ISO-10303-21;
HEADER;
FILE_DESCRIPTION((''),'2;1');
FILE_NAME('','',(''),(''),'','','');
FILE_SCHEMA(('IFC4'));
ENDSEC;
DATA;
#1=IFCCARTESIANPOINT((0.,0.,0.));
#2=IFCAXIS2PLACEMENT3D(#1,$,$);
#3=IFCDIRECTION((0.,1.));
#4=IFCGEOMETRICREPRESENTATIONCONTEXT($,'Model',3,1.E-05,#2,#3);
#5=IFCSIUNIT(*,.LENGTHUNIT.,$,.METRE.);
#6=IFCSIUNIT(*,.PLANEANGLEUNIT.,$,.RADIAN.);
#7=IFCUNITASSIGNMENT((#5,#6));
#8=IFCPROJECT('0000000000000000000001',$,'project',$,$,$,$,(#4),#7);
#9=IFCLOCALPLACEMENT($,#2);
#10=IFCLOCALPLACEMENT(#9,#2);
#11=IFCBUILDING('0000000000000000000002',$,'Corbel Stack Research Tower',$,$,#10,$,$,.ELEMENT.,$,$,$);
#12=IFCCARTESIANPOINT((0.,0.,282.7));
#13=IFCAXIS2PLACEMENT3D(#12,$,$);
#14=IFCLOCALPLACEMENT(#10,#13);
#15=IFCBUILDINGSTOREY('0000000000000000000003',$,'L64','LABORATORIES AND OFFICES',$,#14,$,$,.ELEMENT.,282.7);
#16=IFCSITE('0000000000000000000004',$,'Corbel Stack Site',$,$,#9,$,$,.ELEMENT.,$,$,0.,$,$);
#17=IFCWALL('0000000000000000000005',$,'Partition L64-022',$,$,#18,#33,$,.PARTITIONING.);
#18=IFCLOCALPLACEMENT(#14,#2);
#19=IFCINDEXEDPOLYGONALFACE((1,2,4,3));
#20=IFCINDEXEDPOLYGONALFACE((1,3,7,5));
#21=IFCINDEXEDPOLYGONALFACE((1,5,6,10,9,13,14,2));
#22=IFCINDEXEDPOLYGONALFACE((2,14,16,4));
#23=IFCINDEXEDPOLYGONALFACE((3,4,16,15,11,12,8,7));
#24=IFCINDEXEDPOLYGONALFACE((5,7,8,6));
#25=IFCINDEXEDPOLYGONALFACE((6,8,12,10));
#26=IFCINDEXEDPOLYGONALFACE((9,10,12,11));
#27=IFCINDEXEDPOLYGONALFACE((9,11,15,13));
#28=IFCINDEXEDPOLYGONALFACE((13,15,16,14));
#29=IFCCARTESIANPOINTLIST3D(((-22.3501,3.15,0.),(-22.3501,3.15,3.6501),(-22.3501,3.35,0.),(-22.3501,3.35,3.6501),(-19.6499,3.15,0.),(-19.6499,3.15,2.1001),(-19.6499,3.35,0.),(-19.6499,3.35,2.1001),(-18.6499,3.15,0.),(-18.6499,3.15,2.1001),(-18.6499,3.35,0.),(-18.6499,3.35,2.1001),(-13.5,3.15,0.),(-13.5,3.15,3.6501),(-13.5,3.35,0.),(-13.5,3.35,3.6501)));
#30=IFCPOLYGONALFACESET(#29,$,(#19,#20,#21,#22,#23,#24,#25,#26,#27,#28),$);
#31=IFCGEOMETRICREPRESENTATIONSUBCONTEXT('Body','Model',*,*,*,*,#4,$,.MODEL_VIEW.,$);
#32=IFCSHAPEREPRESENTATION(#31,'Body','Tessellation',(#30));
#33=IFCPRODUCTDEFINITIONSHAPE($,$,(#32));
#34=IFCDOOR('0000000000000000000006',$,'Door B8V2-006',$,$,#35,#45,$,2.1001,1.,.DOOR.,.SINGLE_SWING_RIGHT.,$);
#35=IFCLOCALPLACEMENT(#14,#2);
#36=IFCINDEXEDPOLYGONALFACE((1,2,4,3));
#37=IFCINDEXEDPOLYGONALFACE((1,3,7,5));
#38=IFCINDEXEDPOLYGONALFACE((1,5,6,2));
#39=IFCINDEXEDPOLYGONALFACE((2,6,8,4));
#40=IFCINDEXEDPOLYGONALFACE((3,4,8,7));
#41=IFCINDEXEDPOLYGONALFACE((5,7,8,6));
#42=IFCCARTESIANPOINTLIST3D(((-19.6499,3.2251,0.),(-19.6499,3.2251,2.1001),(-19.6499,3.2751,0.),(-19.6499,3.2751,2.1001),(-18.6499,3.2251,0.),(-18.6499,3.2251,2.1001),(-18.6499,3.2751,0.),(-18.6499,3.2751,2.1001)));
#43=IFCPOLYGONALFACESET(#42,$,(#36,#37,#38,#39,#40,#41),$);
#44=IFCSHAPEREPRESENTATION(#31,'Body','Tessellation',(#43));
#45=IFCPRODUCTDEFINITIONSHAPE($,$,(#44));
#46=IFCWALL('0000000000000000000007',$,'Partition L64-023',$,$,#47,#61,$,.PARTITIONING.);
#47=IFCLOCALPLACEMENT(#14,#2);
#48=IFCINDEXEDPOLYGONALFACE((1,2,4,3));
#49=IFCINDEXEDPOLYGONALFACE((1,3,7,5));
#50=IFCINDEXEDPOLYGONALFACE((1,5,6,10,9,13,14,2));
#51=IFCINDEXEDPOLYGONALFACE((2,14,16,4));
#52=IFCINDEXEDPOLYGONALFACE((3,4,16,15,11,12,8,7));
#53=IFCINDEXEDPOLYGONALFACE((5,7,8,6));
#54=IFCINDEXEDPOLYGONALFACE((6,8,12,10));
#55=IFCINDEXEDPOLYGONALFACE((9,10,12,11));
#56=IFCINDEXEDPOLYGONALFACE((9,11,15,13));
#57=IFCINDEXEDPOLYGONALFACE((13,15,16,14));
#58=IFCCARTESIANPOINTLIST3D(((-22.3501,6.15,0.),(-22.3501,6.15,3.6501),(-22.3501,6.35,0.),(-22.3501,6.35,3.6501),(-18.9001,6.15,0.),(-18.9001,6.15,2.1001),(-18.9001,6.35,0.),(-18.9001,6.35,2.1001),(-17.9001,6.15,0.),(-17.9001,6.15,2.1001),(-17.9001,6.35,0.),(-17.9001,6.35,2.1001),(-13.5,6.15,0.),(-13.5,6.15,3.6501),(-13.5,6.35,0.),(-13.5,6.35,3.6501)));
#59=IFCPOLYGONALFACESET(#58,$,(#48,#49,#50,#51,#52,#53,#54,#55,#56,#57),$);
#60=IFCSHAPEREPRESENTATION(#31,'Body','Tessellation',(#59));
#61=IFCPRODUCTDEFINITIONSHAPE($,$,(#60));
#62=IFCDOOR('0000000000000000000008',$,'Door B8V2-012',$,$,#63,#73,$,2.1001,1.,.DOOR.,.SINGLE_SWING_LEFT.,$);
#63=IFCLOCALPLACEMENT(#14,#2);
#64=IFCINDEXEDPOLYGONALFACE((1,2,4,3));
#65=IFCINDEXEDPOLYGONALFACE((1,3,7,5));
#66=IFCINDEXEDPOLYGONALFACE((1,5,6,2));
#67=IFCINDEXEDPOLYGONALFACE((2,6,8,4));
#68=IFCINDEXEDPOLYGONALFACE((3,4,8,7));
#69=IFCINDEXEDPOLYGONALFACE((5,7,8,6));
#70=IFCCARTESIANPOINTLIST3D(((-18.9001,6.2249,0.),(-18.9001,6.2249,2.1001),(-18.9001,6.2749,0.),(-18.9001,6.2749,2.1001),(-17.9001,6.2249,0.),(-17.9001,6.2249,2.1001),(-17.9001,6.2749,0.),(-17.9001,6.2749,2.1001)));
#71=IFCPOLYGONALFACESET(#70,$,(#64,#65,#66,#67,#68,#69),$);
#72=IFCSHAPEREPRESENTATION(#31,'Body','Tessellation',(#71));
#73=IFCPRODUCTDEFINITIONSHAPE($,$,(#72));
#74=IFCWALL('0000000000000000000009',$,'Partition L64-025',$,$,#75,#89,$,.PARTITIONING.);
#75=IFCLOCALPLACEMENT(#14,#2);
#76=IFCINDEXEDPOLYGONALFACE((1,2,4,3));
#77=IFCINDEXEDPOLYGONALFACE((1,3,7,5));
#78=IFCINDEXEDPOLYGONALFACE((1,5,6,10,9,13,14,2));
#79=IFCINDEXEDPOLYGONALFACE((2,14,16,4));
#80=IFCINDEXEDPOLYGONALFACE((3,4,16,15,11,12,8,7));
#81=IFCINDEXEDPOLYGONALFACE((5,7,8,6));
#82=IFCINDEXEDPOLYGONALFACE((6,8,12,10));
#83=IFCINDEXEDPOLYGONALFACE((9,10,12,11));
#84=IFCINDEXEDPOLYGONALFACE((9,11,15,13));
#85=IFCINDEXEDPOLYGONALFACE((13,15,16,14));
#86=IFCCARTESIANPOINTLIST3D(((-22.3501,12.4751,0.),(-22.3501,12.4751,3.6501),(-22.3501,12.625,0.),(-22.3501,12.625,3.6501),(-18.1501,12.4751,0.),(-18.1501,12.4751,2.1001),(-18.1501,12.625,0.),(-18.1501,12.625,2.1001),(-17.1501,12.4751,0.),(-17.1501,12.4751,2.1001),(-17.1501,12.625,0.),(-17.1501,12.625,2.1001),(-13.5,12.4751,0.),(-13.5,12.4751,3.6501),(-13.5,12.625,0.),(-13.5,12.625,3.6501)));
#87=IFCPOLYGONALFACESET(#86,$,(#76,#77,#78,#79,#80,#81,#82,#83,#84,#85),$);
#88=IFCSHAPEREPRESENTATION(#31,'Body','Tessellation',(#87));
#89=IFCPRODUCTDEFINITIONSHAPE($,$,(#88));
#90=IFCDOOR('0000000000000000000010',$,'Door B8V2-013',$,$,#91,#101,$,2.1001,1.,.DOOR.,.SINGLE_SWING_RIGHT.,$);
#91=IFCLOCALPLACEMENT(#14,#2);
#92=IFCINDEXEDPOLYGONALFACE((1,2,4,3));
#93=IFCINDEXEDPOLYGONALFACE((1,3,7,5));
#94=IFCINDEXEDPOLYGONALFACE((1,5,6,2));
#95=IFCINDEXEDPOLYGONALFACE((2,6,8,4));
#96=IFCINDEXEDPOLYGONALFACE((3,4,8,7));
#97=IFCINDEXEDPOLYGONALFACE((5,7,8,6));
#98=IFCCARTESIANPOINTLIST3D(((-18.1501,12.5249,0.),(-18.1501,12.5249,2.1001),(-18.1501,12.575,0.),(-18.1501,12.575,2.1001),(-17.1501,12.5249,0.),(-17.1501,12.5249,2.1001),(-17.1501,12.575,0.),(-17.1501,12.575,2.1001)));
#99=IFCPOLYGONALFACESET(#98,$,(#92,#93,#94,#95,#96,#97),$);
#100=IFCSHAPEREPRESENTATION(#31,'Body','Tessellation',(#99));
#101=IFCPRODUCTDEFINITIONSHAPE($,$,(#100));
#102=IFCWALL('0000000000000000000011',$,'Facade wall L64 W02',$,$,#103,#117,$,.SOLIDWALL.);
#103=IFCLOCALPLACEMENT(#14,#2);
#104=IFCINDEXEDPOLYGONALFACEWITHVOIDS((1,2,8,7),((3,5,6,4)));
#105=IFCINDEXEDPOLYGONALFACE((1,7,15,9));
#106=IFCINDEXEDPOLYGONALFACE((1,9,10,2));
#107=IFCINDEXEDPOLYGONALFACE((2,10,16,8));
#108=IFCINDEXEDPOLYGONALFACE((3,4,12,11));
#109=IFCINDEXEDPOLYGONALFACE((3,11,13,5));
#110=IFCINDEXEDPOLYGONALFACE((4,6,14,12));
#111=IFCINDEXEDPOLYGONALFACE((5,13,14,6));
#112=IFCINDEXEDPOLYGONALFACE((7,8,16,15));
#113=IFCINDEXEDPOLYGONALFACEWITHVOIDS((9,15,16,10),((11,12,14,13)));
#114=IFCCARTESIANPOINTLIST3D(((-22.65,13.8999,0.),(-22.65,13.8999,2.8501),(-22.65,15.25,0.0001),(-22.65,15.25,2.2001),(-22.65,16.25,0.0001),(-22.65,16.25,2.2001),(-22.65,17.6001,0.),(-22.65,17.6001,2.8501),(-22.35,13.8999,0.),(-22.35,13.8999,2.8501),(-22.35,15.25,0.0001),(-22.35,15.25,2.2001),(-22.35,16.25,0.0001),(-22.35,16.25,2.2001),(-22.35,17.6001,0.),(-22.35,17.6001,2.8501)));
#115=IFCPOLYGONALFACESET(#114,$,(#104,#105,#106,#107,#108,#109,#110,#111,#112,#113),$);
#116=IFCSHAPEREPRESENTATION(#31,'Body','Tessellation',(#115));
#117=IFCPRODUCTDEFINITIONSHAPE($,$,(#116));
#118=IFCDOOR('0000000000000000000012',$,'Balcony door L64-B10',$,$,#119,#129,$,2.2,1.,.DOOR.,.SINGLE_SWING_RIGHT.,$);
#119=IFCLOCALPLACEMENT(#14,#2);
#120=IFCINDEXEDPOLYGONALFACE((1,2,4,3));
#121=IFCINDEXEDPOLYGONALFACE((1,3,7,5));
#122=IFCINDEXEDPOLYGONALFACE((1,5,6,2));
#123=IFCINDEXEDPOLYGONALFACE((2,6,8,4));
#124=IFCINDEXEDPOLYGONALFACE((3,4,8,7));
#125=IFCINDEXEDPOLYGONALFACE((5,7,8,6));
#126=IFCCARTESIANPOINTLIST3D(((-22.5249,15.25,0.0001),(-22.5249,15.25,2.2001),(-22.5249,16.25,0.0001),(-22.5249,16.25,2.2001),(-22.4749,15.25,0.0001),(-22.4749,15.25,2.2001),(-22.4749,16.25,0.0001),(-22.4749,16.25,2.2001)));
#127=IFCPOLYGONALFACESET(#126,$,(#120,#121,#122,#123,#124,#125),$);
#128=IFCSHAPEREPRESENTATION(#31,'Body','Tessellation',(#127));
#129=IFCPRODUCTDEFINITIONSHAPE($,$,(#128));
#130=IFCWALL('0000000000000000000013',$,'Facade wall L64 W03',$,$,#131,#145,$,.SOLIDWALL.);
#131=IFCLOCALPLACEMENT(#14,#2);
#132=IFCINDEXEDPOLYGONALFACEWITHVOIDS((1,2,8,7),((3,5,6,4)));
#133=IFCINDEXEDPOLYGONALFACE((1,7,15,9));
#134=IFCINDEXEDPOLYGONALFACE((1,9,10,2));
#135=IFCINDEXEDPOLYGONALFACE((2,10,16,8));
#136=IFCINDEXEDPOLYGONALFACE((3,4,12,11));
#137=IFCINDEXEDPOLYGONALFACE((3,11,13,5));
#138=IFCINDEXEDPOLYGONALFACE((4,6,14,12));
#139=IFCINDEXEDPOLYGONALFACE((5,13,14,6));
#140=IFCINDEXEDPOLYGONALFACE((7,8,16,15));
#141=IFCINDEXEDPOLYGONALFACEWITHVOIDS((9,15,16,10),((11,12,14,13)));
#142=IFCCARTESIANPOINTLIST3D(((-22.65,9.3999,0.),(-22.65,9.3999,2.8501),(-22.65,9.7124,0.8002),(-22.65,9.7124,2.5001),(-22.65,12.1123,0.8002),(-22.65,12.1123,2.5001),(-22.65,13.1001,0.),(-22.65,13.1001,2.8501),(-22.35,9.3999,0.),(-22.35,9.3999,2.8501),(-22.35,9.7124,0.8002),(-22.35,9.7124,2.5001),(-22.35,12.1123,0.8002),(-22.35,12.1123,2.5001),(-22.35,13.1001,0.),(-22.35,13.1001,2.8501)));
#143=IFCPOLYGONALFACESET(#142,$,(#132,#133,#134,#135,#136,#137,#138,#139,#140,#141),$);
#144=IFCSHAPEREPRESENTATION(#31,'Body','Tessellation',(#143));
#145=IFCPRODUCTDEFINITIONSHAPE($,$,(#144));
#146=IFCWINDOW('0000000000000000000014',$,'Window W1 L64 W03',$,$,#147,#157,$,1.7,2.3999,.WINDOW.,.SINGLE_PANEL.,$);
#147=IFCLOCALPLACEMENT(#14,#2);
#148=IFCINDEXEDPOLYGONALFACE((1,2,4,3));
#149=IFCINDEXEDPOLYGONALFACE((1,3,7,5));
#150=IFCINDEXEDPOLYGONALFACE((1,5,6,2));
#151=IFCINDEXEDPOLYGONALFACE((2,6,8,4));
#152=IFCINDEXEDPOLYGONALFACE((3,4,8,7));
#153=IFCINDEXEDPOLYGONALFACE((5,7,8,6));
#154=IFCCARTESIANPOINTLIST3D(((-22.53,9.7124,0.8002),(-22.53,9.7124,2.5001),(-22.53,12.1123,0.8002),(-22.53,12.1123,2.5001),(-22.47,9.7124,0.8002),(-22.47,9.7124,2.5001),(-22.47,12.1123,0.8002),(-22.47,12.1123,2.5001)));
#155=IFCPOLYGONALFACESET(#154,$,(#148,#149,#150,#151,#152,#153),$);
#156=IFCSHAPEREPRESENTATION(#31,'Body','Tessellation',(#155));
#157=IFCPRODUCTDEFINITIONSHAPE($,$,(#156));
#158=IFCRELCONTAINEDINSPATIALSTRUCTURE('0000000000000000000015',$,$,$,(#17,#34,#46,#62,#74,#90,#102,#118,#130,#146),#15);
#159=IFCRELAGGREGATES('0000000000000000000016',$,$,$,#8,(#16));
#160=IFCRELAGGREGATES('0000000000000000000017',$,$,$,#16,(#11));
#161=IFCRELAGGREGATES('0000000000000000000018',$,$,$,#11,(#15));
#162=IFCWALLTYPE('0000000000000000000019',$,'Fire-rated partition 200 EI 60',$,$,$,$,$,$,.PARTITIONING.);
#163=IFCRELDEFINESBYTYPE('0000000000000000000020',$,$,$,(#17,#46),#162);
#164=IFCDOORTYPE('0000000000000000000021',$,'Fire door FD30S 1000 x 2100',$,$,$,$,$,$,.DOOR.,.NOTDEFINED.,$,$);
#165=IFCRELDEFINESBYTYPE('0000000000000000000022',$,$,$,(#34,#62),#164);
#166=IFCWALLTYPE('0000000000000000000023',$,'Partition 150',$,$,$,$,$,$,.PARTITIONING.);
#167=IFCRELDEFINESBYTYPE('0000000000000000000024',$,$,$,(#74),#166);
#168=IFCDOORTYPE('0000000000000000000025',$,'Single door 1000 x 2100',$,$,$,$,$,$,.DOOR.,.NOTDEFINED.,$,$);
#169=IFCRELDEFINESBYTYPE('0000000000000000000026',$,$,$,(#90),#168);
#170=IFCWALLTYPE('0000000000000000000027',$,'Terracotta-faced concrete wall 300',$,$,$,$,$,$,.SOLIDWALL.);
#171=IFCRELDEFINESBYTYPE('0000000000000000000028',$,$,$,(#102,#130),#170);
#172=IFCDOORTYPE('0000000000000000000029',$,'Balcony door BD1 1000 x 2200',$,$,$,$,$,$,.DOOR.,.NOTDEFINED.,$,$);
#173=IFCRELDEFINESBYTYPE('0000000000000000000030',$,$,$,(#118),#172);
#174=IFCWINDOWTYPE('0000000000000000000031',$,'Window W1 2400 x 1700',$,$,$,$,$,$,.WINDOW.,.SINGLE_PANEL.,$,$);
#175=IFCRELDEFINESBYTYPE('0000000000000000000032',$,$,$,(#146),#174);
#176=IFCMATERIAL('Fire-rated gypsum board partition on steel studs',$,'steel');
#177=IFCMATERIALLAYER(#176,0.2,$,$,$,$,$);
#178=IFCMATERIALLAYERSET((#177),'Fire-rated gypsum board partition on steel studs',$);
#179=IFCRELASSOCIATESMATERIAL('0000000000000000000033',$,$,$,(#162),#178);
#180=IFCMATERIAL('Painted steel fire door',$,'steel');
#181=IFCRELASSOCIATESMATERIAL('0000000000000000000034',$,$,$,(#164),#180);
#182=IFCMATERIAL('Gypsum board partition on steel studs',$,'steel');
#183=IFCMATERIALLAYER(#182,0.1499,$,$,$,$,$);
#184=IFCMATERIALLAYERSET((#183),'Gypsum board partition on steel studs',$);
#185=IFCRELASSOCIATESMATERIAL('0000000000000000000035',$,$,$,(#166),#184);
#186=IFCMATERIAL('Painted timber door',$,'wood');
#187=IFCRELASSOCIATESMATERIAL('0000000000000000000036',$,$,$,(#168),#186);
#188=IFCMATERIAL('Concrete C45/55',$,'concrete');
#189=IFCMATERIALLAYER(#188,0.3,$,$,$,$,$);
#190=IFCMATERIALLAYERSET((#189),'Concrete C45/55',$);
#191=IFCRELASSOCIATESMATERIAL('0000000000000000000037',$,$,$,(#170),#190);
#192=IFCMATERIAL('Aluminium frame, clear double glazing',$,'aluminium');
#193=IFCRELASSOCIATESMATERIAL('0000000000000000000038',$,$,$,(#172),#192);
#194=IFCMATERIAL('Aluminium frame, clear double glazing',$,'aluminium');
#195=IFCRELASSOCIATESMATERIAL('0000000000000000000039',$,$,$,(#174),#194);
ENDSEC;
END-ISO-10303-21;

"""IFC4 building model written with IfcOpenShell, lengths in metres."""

from ifc_helpers import new_model, si_unit, direction, frame, frame_2d, origin, place, context, subcontext, project, spatial, rectangle, extrude, material, layer, layer_set, type_object, element, fill, save


model = new_model("IFC4")

# Units and contexts
model_context = context("Model", 3, precision=1e-05, world=origin(), true_north=direction((0.0, 1.0)))
body_context = subcontext(model_context, "Body", "Model", "MODEL_VIEW")
ifc_project = project(units=[si_unit("LENGTHUNIT", "METRE"), si_unit("PLANEANGLEUNIT", "RADIAN")], contexts=[model_context])

# Site, building, storey
site_placement = place(None, origin())
site = spatial("IfcSite", under=ifc_project, at=site_placement, Name="Corbel Stack Site", CompositionType="ELEMENT", RefElevation=0.0)
building_placement = place(site_placement, origin())
building = spatial("IfcBuilding", under=site, at=building_placement, Name="Corbel Stack Research Tower", CompositionType="ELEMENT")
storey_placement = place(building_placement, frame((0.0, 0.0, 282.7)))
storey = spatial("IfcBuildingStorey", under=building, at=storey_placement, Name="L64", Description="LABORATORIES AND OFFICES", CompositionType="ELEMENT", Elevation=282.7)

# Shared definitions
ifc_material_1 = material(Name="Fire-rated gypsum board partition on steel studs", Category="steel")
ifc_layer_1 = layer(ifc_material_1, 0.2)
ifc_layer_set_1 = layer_set([ifc_layer_1], Name="Fire-rated gypsum board partition on steel studs")
wall_type_1 = type_object("IfcWallType", Name="Fire-rated partition 200 EI 60", PredefinedType="PARTITIONING", material=ifc_layer_set_1)

# Walls, openings, doors
wall_1_placement = place(storey_placement, frame((-13.5, 3.25, 0.0), z_axis=(0.0, 0.0, 1.0), x_axis=(-1.0, 0.0, 0.0)))
wall_1 = element("IfcWall", 1, at=wall_1_placement, inside=storey, type_object=wall_type_1, Name="Partition L64-022", PredefinedType="PARTITIONING", context=body_context, shape_type="SweptSolid", body=[
    extrude(rectangle(XDim=8.8501, YDim=0.2, at=frame_2d((4.425, 0.0))), origin(), (0.0, 0.0, 1.0), 3.6501),
])
opening_1_placement = place(wall_1_placement, frame((5.1499, 0.0, 0.0)))
opening_1 = element("IfcOpeningElement", 2, at=opening_1_placement, cuts=wall_1, PredefinedType="OPENING", context=body_context, shape_type="SweptSolid", body=[
    extrude(rectangle(XDim=1.0, YDim=2.1001, at=frame_2d((0.5, 1.05))), frame((0.0, 0.1099, 0.0), z_axis=(0.0, -1.0, 0.0), x_axis=(1.0, 0.0, 0.0)), (0.0, 0.0, 1.0), 0.22),
])
ifc_material_2 = material(Name="Painted steel fire door", Category="steel")
door_type_1 = type_object("IfcDoorType", Name="Fire door FD30S 1000 x 2100", OperationType="NOTDEFINED", PredefinedType="DOOR", material=ifc_material_2)
door_1_placement = place(opening_1_placement, origin())
door_1 = element("IfcDoor", 3, at=door_1_placement, inside=storey, type_object=door_type_1, Name="Door B8V2-006", OperationType="SINGLE_SWING_RIGHT", OverallHeight=2.1001, OverallWidth=1.0, PredefinedType="DOOR", context=body_context, shape_type="SweptSolid", body=[
    extrude(rectangle(XDim=1.0, YDim=2.1001, at=frame_2d((0.5, 1.05))), frame((0.0, 0.0249, 0.0), z_axis=(0.0, -1.0, 0.0), x_axis=(1.0, 0.0, 0.0)), (0.0, 0.0, 1.0), 0.05),
])
fill(opening_1, door_1)
wall_2_placement = place(storey_placement, frame((-22.3501, 6.25, 0.0), z_axis=(0.0, 0.0, 1.0), x_axis=(1.0, 0.0, 0.0)))
wall_2 = element("IfcWall", 4, at=wall_2_placement, inside=storey, type_object=wall_type_1, Name="Partition L64-023", PredefinedType="PARTITIONING", context=body_context, shape_type="SweptSolid", body=[
    extrude(rectangle(XDim=8.8501, YDim=0.2, at=frame_2d((4.425, 0.0))), origin(), (0.0, 0.0, 1.0), 3.6501),
])
opening_2_placement = place(wall_2_placement, frame((3.45, 0.0, 0.0)))
opening_2 = element("IfcOpeningElement", 5, at=opening_2_placement, cuts=wall_2, PredefinedType="OPENING", context=body_context, shape_type="SweptSolid", body=[
    extrude(rectangle(XDim=1.0, YDim=2.1001, at=frame_2d((0.5, 1.05))), frame((0.0, 0.1099, 0.0), z_axis=(0.0, -1.0, 0.0), x_axis=(1.0, 0.0, 0.0)), (0.0, 0.0, 1.0), 0.22),
])
door_2_placement = place(opening_2_placement, origin())
door_2 = element("IfcDoor", 6, at=door_2_placement, inside=storey, type_object=door_type_1, Name="Door B8V2-012", OperationType="SINGLE_SWING_LEFT", OverallHeight=2.1001, OverallWidth=1.0, PredefinedType="DOOR", context=body_context, shape_type="SweptSolid", body=[
    extrude(rectangle(XDim=1.0, YDim=2.1001, at=frame_2d((0.5, 1.05))), frame((0.0, 0.0249, 0.0), z_axis=(0.0, -1.0, 0.0), x_axis=(1.0, 0.0, 0.0)), (0.0, 0.0, 1.0), 0.05),
])
fill(opening_2, door_2)
ifc_material_3 = material(Name="Gypsum board partition on steel studs", Category="steel")
ifc_layer_2 = layer(ifc_material_3, 0.1499)
ifc_layer_set_2 = layer_set([ifc_layer_2], Name="Gypsum board partition on steel studs")
wall_type_2 = type_object("IfcWallType", Name="Partition 150", PredefinedType="PARTITIONING", material=ifc_layer_set_2)
wall_3_placement = place(storey_placement, frame((-22.3501, 12.55, 0.0), z_axis=(0.0, 0.0, 1.0), x_axis=(1.0, 0.0, 0.0)))
wall_3 = element("IfcWall", 7, at=wall_3_placement, inside=storey, type_object=wall_type_2, Name="Partition L64-025", PredefinedType="PARTITIONING", context=body_context, shape_type="SweptSolid", body=[
    extrude(rectangle(XDim=8.8501, YDim=0.1499, at=frame_2d((4.425, 0.0))), origin(), (0.0, 0.0, 1.0), 3.6501),
])
opening_3_placement = place(wall_3_placement, frame((4.2, 0.0, 0.0)))
opening_3 = element("IfcOpeningElement", 8, at=opening_3_placement, cuts=wall_3, PredefinedType="OPENING", context=body_context, shape_type="SweptSolid", body=[
    extrude(rectangle(XDim=1.0, YDim=2.1001, at=frame_2d((0.5, 1.05))), frame((0.0, 0.085, 0.0), z_axis=(0.0, -1.0, 0.0), x_axis=(1.0, 0.0, 0.0)), (0.0, 0.0, 1.0), 0.1699),
])
ifc_material_4 = material(Name="Painted timber door", Category="wood")
door_type_2 = type_object("IfcDoorType", Name="Single door 1000 x 2100", OperationType="NOTDEFINED", PredefinedType="DOOR", material=ifc_material_4)
door_3_placement = place(opening_3_placement, origin())
door_3 = element("IfcDoor", 9, at=door_3_placement, inside=storey, type_object=door_type_2, Name="Door B8V2-013", OperationType="SINGLE_SWING_RIGHT", OverallHeight=2.1001, OverallWidth=1.0, PredefinedType="DOOR", context=body_context, shape_type="SweptSolid", body=[
    extrude(rectangle(XDim=1.0, YDim=2.1001, at=frame_2d((0.5, 1.05))), frame((0.0, 0.0249, 0.0), z_axis=(0.0, -1.0, 0.0), x_axis=(1.0, 0.0, 0.0)), (0.0, 0.0, 1.0), 0.05),
])
fill(opening_3, door_3)
ifc_material_5 = material(Name="Concrete C45/55", Category="concrete")
ifc_layer_3 = layer(ifc_material_5, 0.3)
ifc_layer_set_3 = layer_set([ifc_layer_3], Name="Concrete C45/55")
wall_type_3 = type_object("IfcWallType", Name="Terracotta-faced concrete wall 300", PredefinedType="SOLIDWALL", material=ifc_layer_set_3)
wall_4_placement = place(storey_placement, frame((-22.5, 13.8999, 0.0), z_axis=(0.0, 0.0, 1.0), x_axis=(0.0, 1.0, 0.0)))
wall_4 = element("IfcWall", 10, at=wall_4_placement, inside=storey, type_object=wall_type_3, Name="Facade wall L64 W02", PredefinedType="SOLIDWALL", context=body_context, shape_type="SweptSolid", body=[
    extrude(rectangle(XDim=3.7002, YDim=0.3, at=frame_2d((1.8501, 0.0))), origin(), (0.0, 0.0, 1.0), 2.8501),
])
opening_4_placement = place(wall_4_placement, frame((1.3501, 0.0, 0.0)))
opening_4 = element("IfcOpeningElement", 11, at=opening_4_placement, cuts=wall_4, PredefinedType="OPENING", context=body_context, shape_type="SweptSolid", body=[
    extrude(rectangle(XDim=1.0, YDim=2.2, at=frame_2d((0.5, 1.1001))), frame((0.0, 0.1599, 0.0), z_axis=(0.0, -1.0, 0.0), x_axis=(1.0, 0.0, 0.0)), (0.0, 0.0, 1.0), 0.3201),
])
ifc_material_6 = material(Name="Aluminium frame, clear double glazing", Category="aluminium")
door_type_3 = type_object("IfcDoorType", Name="Balcony door BD1 1000 x 2200", OperationType="NOTDEFINED", PredefinedType="DOOR", material=ifc_material_6)
door_4_placement = place(opening_4_placement, origin())
door_4 = element("IfcDoor", 12, at=door_4_placement, inside=storey, type_object=door_type_3, Name="Balcony door L64-B10", OperationType="SINGLE_SWING_RIGHT", OverallHeight=2.2, OverallWidth=1.0, PredefinedType="DOOR", context=body_context, shape_type="SweptSolid", body=[
    extrude(rectangle(XDim=1.0, YDim=2.2, at=frame_2d((0.5, 1.1001))), frame((0.0, 0.0249, 0.0), z_axis=(0.0, -1.0, 0.0), x_axis=(1.0, 0.0, 0.0)), (0.0, 0.0, 1.0), 0.05),
])
fill(opening_4, door_4)

# Wall, opening, window
wall_5_placement = place(storey_placement, frame((-22.5, 9.3999, 0.0), z_axis=(0.0, 0.0, 1.0), x_axis=(0.0, 1.0, 0.0)))
wall_5 = element("IfcWall", 13, at=wall_5_placement, inside=storey, type_object=wall_type_3, Name="Facade wall L64 W03", PredefinedType="SOLIDWALL", context=body_context, shape_type="SweptSolid", body=[
    extrude(rectangle(XDim=3.7002, YDim=0.3, at=frame_2d((1.8501, 0.0))), origin(), (0.0, 0.0, 1.0), 2.8501),
])
opening_5_placement = place(wall_5_placement, frame((0.3125, 0.0, 0.8)))
opening_5 = element("IfcOpeningElement", 14, at=opening_5_placement, cuts=wall_5, PredefinedType="OPENING", context=body_context, shape_type="SweptSolid", body=[
    extrude(rectangle(XDim=2.3999, YDim=1.7, at=frame_2d((1.2, 0.8501))), frame((0.0, 0.1599, 0.0), z_axis=(0.0, -1.0, 0.0), x_axis=(1.0, 0.0, 0.0)), (0.0, 0.0, 1.0), 0.3201),
])
ifc_material_7 = material(Name="Aluminium frame, clear double glazing", Category="aluminium")
window_type = type_object("IfcWindowType", Name="Window W1 2400 x 1700", PartitioningType="SINGLE_PANEL", PredefinedType="WINDOW", material=ifc_material_7)
window_placement = place(opening_5_placement, origin())
window = element("IfcWindow", 15, at=window_placement, inside=storey, type_object=window_type, Name="Window W1 L64 W03", OverallHeight=1.7, OverallWidth=2.3999, PartitioningType="SINGLE_PANEL", PredefinedType="WINDOW", context=body_context, shape_type="SweptSolid", body=[
    extrude(rectangle(XDim=2.3999, YDim=1.7, at=frame_2d((1.2, 0.8501))), frame((0.0, 0.03, 0.0), z_axis=(0.0, -1.0, 0.0), x_axis=(1.0, 0.0, 0.0)), (0.0, 0.0, 1.0), 0.0601),
])
fill(opening_5, window)

save(model, "model.ifc")
